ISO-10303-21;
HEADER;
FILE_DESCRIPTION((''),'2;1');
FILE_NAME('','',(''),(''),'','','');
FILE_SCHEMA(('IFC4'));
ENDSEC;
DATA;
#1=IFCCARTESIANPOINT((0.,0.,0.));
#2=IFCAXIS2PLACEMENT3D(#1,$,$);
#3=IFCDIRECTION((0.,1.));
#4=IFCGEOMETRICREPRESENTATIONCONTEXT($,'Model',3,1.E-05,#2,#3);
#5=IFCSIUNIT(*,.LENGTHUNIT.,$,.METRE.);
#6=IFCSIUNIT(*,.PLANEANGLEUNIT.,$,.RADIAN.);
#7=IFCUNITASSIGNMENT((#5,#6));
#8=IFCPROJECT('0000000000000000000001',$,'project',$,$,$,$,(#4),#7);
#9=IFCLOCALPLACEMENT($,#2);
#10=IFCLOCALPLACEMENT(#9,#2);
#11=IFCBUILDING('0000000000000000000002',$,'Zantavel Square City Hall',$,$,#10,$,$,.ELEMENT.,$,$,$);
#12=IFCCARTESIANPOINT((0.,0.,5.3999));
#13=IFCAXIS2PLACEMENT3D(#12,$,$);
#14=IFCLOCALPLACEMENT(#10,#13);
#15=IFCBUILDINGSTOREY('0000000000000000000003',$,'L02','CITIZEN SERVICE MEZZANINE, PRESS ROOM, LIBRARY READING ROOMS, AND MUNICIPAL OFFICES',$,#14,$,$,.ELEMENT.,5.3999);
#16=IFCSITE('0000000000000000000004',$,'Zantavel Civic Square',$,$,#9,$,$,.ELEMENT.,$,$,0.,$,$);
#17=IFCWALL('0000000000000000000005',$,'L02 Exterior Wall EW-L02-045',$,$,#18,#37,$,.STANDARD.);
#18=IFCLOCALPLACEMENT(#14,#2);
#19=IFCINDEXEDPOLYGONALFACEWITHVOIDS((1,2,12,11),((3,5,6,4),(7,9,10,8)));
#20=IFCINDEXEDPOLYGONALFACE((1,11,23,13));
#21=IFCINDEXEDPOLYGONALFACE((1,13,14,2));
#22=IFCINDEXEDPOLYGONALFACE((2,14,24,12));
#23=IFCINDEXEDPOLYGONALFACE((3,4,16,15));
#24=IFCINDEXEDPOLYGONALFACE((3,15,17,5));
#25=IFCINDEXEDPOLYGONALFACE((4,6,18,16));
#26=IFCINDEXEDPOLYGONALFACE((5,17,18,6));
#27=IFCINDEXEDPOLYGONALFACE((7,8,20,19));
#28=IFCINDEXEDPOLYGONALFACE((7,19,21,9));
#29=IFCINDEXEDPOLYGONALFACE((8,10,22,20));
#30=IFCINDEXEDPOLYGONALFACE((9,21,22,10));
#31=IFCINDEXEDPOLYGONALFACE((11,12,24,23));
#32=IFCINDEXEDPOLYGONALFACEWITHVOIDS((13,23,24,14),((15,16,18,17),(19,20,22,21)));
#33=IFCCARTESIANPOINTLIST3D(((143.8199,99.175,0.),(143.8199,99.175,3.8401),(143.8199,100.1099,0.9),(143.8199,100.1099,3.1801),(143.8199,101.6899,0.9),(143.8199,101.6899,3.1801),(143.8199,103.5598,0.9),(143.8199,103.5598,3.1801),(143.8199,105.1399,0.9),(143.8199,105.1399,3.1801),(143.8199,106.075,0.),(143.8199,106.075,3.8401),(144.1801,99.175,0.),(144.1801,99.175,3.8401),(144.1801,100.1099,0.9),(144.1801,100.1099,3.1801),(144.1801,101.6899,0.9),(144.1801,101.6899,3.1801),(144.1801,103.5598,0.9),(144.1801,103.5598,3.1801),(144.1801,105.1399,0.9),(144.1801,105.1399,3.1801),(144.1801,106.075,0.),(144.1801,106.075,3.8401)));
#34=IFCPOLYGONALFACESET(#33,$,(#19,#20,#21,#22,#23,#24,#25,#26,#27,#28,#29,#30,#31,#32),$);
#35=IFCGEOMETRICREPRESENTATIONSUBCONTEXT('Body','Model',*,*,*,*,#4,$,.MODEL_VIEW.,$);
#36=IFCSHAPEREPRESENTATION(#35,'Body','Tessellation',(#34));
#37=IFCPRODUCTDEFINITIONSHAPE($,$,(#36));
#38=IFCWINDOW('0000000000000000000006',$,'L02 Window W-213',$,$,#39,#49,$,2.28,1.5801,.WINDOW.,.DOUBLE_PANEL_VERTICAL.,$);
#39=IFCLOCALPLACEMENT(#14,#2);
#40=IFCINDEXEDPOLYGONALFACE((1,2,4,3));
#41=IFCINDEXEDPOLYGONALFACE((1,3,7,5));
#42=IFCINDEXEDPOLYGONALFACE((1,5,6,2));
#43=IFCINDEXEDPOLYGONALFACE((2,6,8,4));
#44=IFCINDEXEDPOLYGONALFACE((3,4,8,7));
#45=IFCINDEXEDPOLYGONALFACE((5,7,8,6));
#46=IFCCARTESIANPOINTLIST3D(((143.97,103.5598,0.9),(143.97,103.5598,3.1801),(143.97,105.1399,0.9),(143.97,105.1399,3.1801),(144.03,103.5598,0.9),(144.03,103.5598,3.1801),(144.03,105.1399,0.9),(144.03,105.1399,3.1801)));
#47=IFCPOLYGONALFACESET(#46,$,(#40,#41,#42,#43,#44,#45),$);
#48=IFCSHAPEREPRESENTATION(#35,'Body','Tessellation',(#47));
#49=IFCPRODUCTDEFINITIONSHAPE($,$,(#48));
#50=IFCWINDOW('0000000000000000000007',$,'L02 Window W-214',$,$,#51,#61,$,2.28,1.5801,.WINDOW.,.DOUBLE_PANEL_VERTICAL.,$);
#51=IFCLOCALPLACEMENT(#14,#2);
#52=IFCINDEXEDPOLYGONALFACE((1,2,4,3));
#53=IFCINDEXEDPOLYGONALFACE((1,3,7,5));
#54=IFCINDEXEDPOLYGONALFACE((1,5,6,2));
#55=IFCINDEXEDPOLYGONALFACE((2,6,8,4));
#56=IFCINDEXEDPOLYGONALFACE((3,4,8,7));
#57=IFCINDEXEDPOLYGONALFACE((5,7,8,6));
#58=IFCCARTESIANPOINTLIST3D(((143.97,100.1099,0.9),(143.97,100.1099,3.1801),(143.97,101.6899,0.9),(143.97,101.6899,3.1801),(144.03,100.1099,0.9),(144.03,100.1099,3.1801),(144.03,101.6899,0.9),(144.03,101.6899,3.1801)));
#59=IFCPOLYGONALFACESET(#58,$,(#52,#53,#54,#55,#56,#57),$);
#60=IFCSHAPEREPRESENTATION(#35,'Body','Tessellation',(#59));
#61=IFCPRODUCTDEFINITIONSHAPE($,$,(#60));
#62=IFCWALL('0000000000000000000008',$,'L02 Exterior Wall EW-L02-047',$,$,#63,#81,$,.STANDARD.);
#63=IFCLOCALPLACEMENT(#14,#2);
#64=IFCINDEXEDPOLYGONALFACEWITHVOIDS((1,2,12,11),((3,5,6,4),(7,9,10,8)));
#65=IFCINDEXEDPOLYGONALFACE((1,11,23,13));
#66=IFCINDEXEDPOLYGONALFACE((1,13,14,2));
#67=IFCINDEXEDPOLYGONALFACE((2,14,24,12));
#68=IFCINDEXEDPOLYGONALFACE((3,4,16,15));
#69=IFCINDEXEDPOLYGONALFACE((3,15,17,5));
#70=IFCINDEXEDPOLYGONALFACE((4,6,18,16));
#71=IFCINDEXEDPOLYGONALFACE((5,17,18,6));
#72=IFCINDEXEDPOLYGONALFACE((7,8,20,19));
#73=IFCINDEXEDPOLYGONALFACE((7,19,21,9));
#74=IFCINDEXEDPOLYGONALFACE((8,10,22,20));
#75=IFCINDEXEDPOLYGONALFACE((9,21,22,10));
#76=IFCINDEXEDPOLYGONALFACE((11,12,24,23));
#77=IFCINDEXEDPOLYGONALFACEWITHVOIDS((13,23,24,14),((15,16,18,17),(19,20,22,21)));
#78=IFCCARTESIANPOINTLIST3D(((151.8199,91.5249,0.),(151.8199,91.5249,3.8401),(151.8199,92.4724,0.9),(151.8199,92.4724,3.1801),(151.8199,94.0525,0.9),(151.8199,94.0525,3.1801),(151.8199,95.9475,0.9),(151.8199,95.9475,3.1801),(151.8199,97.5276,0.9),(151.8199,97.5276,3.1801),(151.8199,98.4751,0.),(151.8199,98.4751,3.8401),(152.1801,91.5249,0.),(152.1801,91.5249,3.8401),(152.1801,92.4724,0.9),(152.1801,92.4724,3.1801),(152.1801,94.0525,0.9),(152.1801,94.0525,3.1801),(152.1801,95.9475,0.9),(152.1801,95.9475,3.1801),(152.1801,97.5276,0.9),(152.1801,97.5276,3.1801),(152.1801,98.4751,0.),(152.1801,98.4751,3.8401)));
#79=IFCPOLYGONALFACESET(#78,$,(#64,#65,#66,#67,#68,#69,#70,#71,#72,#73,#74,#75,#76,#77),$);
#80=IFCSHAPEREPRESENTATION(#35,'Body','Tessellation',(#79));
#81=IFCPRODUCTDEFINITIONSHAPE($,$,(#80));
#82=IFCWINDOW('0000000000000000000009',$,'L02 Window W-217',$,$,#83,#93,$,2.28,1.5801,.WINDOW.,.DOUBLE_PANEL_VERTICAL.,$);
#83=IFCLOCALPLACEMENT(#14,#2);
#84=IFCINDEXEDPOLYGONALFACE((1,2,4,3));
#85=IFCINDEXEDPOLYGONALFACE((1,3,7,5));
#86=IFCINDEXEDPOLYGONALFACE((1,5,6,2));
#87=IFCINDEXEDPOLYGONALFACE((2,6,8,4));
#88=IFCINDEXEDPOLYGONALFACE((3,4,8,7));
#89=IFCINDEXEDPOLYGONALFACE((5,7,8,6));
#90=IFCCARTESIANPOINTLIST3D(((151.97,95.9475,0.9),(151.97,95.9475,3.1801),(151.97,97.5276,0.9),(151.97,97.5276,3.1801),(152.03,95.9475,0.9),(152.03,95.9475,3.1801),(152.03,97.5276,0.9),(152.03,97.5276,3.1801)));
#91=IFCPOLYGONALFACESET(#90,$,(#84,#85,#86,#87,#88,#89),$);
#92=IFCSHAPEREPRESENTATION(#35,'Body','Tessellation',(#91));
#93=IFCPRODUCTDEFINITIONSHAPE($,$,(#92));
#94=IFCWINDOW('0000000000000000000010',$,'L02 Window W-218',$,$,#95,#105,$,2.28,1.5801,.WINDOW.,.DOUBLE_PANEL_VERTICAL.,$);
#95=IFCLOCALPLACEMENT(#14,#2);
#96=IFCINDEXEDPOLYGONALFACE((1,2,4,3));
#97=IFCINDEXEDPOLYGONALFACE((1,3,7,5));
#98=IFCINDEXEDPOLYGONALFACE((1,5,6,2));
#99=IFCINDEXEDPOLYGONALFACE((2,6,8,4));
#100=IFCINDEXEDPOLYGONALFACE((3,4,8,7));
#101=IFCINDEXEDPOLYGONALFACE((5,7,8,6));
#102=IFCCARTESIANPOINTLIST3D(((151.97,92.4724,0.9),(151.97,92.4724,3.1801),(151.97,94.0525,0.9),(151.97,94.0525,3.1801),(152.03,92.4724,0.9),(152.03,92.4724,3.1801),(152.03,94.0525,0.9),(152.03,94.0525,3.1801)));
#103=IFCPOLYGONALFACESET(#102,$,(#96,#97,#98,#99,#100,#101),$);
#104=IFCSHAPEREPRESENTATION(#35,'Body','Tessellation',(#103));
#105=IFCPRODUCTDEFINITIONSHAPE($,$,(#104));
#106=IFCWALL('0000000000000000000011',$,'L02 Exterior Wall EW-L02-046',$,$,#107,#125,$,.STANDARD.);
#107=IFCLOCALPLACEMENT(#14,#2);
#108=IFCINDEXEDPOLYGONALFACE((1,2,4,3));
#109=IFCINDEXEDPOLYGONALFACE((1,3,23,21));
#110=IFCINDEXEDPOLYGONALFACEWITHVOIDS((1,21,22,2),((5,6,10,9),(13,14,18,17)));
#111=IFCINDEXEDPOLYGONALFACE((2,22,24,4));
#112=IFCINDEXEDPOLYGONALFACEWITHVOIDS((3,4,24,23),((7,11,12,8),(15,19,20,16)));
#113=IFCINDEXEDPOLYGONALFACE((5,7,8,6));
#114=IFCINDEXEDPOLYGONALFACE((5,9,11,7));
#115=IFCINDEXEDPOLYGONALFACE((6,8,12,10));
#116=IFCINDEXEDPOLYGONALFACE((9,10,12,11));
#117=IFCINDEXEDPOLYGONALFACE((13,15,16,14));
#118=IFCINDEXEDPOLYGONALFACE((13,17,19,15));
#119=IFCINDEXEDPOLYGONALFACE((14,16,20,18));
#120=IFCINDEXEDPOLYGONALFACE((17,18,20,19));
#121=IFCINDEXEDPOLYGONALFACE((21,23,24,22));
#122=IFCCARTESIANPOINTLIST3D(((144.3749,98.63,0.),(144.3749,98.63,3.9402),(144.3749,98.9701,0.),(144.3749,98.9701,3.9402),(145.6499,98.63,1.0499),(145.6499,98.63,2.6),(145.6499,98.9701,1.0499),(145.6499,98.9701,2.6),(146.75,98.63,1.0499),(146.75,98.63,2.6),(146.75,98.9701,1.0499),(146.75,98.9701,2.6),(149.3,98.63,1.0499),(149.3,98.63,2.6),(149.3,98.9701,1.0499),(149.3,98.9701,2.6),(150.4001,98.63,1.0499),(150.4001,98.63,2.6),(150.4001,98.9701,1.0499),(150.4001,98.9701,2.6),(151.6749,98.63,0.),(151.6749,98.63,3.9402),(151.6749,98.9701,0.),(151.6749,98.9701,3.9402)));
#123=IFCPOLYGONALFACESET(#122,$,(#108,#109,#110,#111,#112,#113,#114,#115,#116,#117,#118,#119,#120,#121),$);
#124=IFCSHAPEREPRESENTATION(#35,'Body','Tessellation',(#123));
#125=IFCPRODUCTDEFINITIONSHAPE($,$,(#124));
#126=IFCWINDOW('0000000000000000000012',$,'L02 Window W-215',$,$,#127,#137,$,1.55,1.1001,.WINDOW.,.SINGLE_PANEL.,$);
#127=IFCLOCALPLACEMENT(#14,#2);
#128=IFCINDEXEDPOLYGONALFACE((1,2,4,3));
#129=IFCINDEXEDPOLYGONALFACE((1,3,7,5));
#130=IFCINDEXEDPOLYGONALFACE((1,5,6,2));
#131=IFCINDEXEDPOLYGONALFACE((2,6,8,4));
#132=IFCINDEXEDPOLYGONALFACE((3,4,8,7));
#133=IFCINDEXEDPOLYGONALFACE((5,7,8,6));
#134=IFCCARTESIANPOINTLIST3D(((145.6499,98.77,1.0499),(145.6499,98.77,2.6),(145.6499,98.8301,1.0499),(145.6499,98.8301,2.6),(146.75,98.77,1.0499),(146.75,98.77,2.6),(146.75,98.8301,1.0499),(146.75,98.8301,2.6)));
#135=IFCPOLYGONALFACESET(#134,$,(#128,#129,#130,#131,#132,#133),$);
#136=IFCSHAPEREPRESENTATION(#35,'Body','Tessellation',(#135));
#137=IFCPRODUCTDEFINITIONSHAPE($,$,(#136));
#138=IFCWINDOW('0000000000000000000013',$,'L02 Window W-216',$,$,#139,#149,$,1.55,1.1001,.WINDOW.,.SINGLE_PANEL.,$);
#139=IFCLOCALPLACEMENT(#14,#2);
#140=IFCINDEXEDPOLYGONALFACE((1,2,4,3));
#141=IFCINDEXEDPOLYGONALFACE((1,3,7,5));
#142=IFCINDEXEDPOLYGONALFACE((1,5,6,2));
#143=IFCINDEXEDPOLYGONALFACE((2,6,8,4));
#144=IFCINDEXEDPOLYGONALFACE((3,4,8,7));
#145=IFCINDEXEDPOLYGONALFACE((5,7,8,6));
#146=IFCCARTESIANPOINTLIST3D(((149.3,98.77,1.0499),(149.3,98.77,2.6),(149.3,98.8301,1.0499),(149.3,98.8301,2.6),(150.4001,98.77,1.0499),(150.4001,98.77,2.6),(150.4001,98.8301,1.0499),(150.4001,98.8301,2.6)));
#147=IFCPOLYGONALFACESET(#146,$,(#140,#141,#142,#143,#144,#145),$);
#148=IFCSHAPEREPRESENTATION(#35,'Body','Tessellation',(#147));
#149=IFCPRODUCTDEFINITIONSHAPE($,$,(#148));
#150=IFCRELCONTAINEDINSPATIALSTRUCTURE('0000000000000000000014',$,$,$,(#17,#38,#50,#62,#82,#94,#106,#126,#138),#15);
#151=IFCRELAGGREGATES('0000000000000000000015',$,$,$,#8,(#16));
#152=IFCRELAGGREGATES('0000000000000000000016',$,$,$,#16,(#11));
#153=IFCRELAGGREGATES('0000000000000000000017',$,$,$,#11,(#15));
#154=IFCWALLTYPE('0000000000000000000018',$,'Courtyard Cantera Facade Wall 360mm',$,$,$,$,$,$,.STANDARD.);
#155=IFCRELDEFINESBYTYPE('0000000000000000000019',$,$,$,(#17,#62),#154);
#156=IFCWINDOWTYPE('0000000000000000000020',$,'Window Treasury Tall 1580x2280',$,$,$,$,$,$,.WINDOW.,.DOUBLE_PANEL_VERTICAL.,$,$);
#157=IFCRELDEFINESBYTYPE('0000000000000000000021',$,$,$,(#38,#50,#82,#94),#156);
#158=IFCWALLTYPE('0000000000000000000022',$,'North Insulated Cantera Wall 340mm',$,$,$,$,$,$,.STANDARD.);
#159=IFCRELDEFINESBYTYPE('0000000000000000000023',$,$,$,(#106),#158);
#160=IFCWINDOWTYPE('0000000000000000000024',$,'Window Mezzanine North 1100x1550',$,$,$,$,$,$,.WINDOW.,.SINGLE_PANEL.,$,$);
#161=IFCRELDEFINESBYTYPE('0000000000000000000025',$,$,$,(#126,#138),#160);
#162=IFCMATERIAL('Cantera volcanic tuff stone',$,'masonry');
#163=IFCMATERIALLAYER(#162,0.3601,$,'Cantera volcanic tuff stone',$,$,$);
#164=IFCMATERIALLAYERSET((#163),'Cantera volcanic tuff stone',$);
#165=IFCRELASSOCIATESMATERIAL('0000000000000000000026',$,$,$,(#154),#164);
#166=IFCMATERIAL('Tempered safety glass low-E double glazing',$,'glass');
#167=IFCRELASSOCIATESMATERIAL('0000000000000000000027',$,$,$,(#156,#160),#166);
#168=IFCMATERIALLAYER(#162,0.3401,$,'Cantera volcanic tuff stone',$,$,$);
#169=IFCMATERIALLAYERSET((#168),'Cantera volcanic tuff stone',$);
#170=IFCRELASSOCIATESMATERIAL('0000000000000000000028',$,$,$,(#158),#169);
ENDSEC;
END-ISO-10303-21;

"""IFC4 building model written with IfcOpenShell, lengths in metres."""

from ifc_helpers import new_model, si_unit, direction, frame, frame_2d, origin, place, context, subcontext, project, spatial, rectangle, extrude, material, layer, layer_set, type_object, element, fill, save


model = new_model("IFC4")

# Units and contexts
model_context = context("Model", 3, precision=1e-05, world=origin(), true_north=direction((0.0, 1.0)))
body_context = subcontext(model_context, "Body", "Model", "MODEL_VIEW")
ifc_project = project(units=[si_unit("LENGTHUNIT", "METRE"), si_unit("PLANEANGLEUNIT", "RADIAN")], contexts=[model_context])

# Site, building, storey
site_placement = place(None, origin())
site = spatial("IfcSite", under=ifc_project, at=site_placement, Name="Zantavel Civic Square", CompositionType="ELEMENT", RefElevation=0.0)
building_placement = place(site_placement, origin())
building = spatial("IfcBuilding", under=site, at=building_placement, Name="Zantavel Square City Hall", CompositionType="ELEMENT")
storey_placement = place(building_placement, frame((0.0, 0.0, 5.3999)))
storey = spatial("IfcBuildingStorey", under=building, at=storey_placement, Name="L02", Description="CITIZEN SERVICE MEZZANINE, PRESS ROOM, LIBRARY READING ROOMS, AND MUNICIPAL OFFICES", CompositionType="ELEMENT", Elevation=5.3999)

# Walls, openings, windows
ifc_material_1 = material(Name="Cantera volcanic tuff stone", Category="masonry")
ifc_layer_1 = layer(ifc_material_1, 0.3601, Name="Cantera volcanic tuff stone")
ifc_layer_set_1 = layer_set([ifc_layer_1], Name="Cantera volcanic tuff stone")
wall_type_1 = type_object("IfcWallType", Name="Courtyard Cantera Facade Wall 360mm", PredefinedType="STANDARD", material=ifc_layer_set_1)
ifc_material_2 = material(Name="Tempered safety glass low-E double glazing", Category="glass")
window_type_1 = type_object("IfcWindowType", Name="Window Treasury Tall 1580x2280", PartitioningType="DOUBLE_PANEL_VERTICAL", PredefinedType="WINDOW", material=ifc_material_2)
wall_1_placement = place(storey_placement, frame((144.0, 106.075, 0.0), z_axis=(0.0, 0.0, 1.0), x_axis=(0.0, -1.0, 0.0)))
wall_1 = element("IfcWall", 1, at=wall_1_placement, inside=storey, type_object=wall_type_1, Name="L02 Exterior Wall EW-L02-045", PredefinedType="STANDARD", context=body_context, shape_type="SweptSolid", body=[
    extrude(rectangle(XDim=6.8999, YDim=0.3601, at=frame_2d((3.45, 0.0))), origin(), (0.0, 0.0, 1.0), 3.8401),
])
opening_1_placement = place(wall_1_placement, frame((0.9351, 0.0, 0.8999)))
opening_1 = element("IfcOpeningElement", 2, at=opening_1_placement, cuts=wall_1, PredefinedType="OPENING", context=body_context, shape_type="SweptSolid", body=[
    extrude(rectangle(XDim=1.5801, YDim=2.28, at=frame_2d((0.79, 1.1401))), frame((0.0, 0.1899, 0.0), z_axis=(0.0, -1.0, 0.0), x_axis=(1.0, 0.0, 0.0)), (0.0, 0.0, 1.0), 0.3801),
])
opening_2_placement = place(wall_1_placement, frame((4.385, 0.0, 0.8999)))
opening_2 = element("IfcOpeningElement", 3, at=opening_2_placement, cuts=wall_1, PredefinedType="OPENING", context=body_context, shape_type="SweptSolid", body=[
    extrude(rectangle(XDim=1.5801, YDim=2.28, at=frame_2d((0.79, 1.1401))), frame((0.0, 0.1899, 0.0), z_axis=(0.0, -1.0, 0.0), x_axis=(1.0, 0.0, 0.0)), (0.0, 0.0, 1.0), 0.3801),
])
window_1_placement = place(opening_1_placement, origin())
window_1 = element("IfcWindow", 4, at=window_1_placement, inside=storey, type_object=window_type_1, Name="L02 Window W-213", OverallHeight=2.28, OverallWidth=1.5801, PartitioningType="DOUBLE_PANEL_VERTICAL", PredefinedType="WINDOW", context=body_context, shape_type="SweptSolid", body=[
    extrude(rectangle(XDim=1.5801, YDim=2.28, at=frame_2d((0.79, 1.1401))), frame((0.0, 0.03, 0.0), z_axis=(0.0, -1.0, 0.0), x_axis=(1.0, 0.0, 0.0)), (0.0, 0.0, 1.0), 0.0601),
])
fill(opening_1, window_1)
window_2_placement = place(opening_2_placement, origin())
window_2 = element("IfcWindow", 5, at=window_2_placement, inside=storey, type_object=window_type_1, Name="L02 Window W-214", OverallHeight=2.28, OverallWidth=1.5801, PartitioningType="DOUBLE_PANEL_VERTICAL", PredefinedType="WINDOW", context=body_context, shape_type="SweptSolid", body=[
    extrude(rectangle(XDim=1.5801, YDim=2.28, at=frame_2d((0.79, 1.1401))), frame((0.0, 0.03, 0.0), z_axis=(0.0, -1.0, 0.0), x_axis=(1.0, 0.0, 0.0)), (0.0, 0.0, 1.0), 0.0601),
])
fill(opening_2, window_2)
wall_2_placement = place(storey_placement, frame((152.0, 98.4751, 0.0), z_axis=(0.0, 0.0, 1.0), x_axis=(0.0, -1.0, 0.0)))
wall_2 = element("IfcWall", 6, at=wall_2_placement, inside=storey, type_object=wall_type_1, Name="L02 Exterior Wall EW-L02-047", PredefinedType="STANDARD", context=body_context, shape_type="SweptSolid", body=[
    extrude(rectangle(XDim=6.9502, YDim=0.3601, at=frame_2d((3.4751, 0.0))), origin(), (0.0, 0.0, 1.0), 3.8401),
])
opening_3_placement = place(wall_2_placement, frame((0.9475, 0.0, 0.8999)))
opening_3 = element("IfcOpeningElement", 7, at=opening_3_placement, cuts=wall_2, PredefinedType="OPENING", context=body_context, shape_type="SweptSolid", body=[
    extrude(rectangle(XDim=1.5801, YDim=2.28, at=frame_2d((0.79, 1.1401))), frame((0.0, 0.1899, 0.0), z_axis=(0.0, -1.0, 0.0), x_axis=(1.0, 0.0, 0.0)), (0.0, 0.0, 1.0), 0.3801),
])
opening_4_placement = place(wall_2_placement, frame((4.4226, 0.0, 0.8999)))
opening_4 = element("IfcOpeningElement", 8, at=opening_4_placement, cuts=wall_2, PredefinedType="OPENING", context=body_context, shape_type="SweptSolid", body=[
    extrude(rectangle(XDim=1.5801, YDim=2.28, at=frame_2d((0.79, 1.1401))), frame((0.0, 0.1899, 0.0), z_axis=(0.0, -1.0, 0.0), x_axis=(1.0, 0.0, 0.0)), (0.0, 0.0, 1.0), 0.3801),
])
window_3_placement = place(opening_3_placement, origin())
window_3 = element("IfcWindow", 9, at=window_3_placement, inside=storey, type_object=window_type_1, Name="L02 Window W-217", OverallHeight=2.28, OverallWidth=1.5801, PartitioningType="DOUBLE_PANEL_VERTICAL", PredefinedType="WINDOW", context=body_context, shape_type="SweptSolid", body=[
    extrude(rectangle(XDim=1.5801, YDim=2.28, at=frame_2d((0.79, 1.1401))), frame((0.0, 0.03, 0.0), z_axis=(0.0, -1.0, 0.0), x_axis=(1.0, 0.0, 0.0)), (0.0, 0.0, 1.0), 0.0601),
])
fill(opening_3, window_3)
window_4_placement = place(opening_4_placement, origin())
window_4 = element("IfcWindow", 10, at=window_4_placement, inside=storey, type_object=window_type_1, Name="L02 Window W-218", OverallHeight=2.28, OverallWidth=1.5801, PartitioningType="DOUBLE_PANEL_VERTICAL", PredefinedType="WINDOW", context=body_context, shape_type="SweptSolid", body=[
    extrude(rectangle(XDim=1.5801, YDim=2.28, at=frame_2d((0.79, 1.1401))), frame((0.0, 0.03, 0.0), z_axis=(0.0, -1.0, 0.0), x_axis=(1.0, 0.0, 0.0)), (0.0, 0.0, 1.0), 0.0601),
])
fill(opening_4, window_4)
ifc_layer_2 = layer(ifc_material_1, 0.3401, Name="Cantera volcanic tuff stone")
ifc_layer_set_2 = layer_set([ifc_layer_2], Name="Cantera volcanic tuff stone")
wall_type_2 = type_object("IfcWallType", Name="North Insulated Cantera Wall 340mm", PredefinedType="STANDARD", material=ifc_layer_set_2)
wall_3_placement = place(storey_placement, frame((144.375, 98.8, 0.0), z_axis=(0.0, 0.0, 1.0), x_axis=(1.0, 0.0, 0.0)))
wall_3 = element("IfcWall", 11, at=wall_3_placement, inside=storey, type_object=wall_type_2, Name="L02 Exterior Wall EW-L02-046", PredefinedType="STANDARD", context=body_context, shape_type="SweptSolid", body=[
    extrude(rectangle(XDim=7.3, YDim=0.3401, at=frame_2d((3.6499, 0.0))), origin(), (0.0, 0.0, 1.0), 3.9402),
])
opening_5_placement = place(wall_3_placement, frame((1.2749, 0.0, 1.05)))
opening_5 = element("IfcOpeningElement", 12, at=opening_5_placement, cuts=wall_3, PredefinedType="OPENING", context=body_context, shape_type="SweptSolid", body=[
    extrude(rectangle(XDim=1.1001, YDim=1.55, at=frame_2d((0.55, 0.7749))), frame((0.0, 0.1799, 0.0), z_axis=(0.0, -1.0, 0.0), x_axis=(1.0, 0.0, 0.0)), (0.0, 0.0, 1.0), 0.3601),
])
opening_6_placement = place(wall_3_placement, frame((4.925, 0.0, 1.05)))
opening_6 = element("IfcOpeningElement", 13, at=opening_6_placement, cuts=wall_3, PredefinedType="OPENING", context=body_context, shape_type="SweptSolid", body=[
    extrude(rectangle(XDim=1.1001, YDim=1.55, at=frame_2d((0.55, 0.7749))), frame((0.0, 0.1799, 0.0), z_axis=(0.0, -1.0, 0.0), x_axis=(1.0, 0.0, 0.0)), (0.0, 0.0, 1.0), 0.3601),
])
window_type_2 = type_object("IfcWindowType", Name="Window Mezzanine North 1100x1550", PartitioningType="SINGLE_PANEL", PredefinedType="WINDOW", material=ifc_material_2)
window_5_placement = place(opening_5_placement, origin())
window_5 = element("IfcWindow", 14, at=window_5_placement, inside=storey, type_object=window_type_2, Name="L02 Window W-215", OverallHeight=1.55, OverallWidth=1.1001, PartitioningType="SINGLE_PANEL", PredefinedType="WINDOW", context=body_context, shape_type="SweptSolid", body=[
    extrude(rectangle(XDim=1.1001, YDim=1.55, at=frame_2d((0.55, 0.7749))), frame((0.0, 0.03, 0.0), z_axis=(0.0, -1.0, 0.0), x_axis=(1.0, 0.0, 0.0)), (0.0, 0.0, 1.0), 0.0601),
])
fill(opening_5, window_5)
window_6_placement = place(opening_6_placement, origin())
window_6 = element("IfcWindow", 15, at=window_6_placement, inside=storey, type_object=window_type_2, Name="L02 Window W-216", OverallHeight=1.55, OverallWidth=1.1001, PartitioningType="SINGLE_PANEL", PredefinedType="WINDOW", context=body_context, shape_type="SweptSolid", body=[
    extrude(rectangle(XDim=1.1001, YDim=1.55, at=frame_2d((0.55, 0.7749))), frame((0.0, 0.03, 0.0), z_axis=(0.0, -1.0, 0.0), x_axis=(1.0, 0.0, 0.0)), (0.0, 0.0, 1.0), 0.0601),
])
fill(opening_6, window_6)

save(model, "model.ifc")
